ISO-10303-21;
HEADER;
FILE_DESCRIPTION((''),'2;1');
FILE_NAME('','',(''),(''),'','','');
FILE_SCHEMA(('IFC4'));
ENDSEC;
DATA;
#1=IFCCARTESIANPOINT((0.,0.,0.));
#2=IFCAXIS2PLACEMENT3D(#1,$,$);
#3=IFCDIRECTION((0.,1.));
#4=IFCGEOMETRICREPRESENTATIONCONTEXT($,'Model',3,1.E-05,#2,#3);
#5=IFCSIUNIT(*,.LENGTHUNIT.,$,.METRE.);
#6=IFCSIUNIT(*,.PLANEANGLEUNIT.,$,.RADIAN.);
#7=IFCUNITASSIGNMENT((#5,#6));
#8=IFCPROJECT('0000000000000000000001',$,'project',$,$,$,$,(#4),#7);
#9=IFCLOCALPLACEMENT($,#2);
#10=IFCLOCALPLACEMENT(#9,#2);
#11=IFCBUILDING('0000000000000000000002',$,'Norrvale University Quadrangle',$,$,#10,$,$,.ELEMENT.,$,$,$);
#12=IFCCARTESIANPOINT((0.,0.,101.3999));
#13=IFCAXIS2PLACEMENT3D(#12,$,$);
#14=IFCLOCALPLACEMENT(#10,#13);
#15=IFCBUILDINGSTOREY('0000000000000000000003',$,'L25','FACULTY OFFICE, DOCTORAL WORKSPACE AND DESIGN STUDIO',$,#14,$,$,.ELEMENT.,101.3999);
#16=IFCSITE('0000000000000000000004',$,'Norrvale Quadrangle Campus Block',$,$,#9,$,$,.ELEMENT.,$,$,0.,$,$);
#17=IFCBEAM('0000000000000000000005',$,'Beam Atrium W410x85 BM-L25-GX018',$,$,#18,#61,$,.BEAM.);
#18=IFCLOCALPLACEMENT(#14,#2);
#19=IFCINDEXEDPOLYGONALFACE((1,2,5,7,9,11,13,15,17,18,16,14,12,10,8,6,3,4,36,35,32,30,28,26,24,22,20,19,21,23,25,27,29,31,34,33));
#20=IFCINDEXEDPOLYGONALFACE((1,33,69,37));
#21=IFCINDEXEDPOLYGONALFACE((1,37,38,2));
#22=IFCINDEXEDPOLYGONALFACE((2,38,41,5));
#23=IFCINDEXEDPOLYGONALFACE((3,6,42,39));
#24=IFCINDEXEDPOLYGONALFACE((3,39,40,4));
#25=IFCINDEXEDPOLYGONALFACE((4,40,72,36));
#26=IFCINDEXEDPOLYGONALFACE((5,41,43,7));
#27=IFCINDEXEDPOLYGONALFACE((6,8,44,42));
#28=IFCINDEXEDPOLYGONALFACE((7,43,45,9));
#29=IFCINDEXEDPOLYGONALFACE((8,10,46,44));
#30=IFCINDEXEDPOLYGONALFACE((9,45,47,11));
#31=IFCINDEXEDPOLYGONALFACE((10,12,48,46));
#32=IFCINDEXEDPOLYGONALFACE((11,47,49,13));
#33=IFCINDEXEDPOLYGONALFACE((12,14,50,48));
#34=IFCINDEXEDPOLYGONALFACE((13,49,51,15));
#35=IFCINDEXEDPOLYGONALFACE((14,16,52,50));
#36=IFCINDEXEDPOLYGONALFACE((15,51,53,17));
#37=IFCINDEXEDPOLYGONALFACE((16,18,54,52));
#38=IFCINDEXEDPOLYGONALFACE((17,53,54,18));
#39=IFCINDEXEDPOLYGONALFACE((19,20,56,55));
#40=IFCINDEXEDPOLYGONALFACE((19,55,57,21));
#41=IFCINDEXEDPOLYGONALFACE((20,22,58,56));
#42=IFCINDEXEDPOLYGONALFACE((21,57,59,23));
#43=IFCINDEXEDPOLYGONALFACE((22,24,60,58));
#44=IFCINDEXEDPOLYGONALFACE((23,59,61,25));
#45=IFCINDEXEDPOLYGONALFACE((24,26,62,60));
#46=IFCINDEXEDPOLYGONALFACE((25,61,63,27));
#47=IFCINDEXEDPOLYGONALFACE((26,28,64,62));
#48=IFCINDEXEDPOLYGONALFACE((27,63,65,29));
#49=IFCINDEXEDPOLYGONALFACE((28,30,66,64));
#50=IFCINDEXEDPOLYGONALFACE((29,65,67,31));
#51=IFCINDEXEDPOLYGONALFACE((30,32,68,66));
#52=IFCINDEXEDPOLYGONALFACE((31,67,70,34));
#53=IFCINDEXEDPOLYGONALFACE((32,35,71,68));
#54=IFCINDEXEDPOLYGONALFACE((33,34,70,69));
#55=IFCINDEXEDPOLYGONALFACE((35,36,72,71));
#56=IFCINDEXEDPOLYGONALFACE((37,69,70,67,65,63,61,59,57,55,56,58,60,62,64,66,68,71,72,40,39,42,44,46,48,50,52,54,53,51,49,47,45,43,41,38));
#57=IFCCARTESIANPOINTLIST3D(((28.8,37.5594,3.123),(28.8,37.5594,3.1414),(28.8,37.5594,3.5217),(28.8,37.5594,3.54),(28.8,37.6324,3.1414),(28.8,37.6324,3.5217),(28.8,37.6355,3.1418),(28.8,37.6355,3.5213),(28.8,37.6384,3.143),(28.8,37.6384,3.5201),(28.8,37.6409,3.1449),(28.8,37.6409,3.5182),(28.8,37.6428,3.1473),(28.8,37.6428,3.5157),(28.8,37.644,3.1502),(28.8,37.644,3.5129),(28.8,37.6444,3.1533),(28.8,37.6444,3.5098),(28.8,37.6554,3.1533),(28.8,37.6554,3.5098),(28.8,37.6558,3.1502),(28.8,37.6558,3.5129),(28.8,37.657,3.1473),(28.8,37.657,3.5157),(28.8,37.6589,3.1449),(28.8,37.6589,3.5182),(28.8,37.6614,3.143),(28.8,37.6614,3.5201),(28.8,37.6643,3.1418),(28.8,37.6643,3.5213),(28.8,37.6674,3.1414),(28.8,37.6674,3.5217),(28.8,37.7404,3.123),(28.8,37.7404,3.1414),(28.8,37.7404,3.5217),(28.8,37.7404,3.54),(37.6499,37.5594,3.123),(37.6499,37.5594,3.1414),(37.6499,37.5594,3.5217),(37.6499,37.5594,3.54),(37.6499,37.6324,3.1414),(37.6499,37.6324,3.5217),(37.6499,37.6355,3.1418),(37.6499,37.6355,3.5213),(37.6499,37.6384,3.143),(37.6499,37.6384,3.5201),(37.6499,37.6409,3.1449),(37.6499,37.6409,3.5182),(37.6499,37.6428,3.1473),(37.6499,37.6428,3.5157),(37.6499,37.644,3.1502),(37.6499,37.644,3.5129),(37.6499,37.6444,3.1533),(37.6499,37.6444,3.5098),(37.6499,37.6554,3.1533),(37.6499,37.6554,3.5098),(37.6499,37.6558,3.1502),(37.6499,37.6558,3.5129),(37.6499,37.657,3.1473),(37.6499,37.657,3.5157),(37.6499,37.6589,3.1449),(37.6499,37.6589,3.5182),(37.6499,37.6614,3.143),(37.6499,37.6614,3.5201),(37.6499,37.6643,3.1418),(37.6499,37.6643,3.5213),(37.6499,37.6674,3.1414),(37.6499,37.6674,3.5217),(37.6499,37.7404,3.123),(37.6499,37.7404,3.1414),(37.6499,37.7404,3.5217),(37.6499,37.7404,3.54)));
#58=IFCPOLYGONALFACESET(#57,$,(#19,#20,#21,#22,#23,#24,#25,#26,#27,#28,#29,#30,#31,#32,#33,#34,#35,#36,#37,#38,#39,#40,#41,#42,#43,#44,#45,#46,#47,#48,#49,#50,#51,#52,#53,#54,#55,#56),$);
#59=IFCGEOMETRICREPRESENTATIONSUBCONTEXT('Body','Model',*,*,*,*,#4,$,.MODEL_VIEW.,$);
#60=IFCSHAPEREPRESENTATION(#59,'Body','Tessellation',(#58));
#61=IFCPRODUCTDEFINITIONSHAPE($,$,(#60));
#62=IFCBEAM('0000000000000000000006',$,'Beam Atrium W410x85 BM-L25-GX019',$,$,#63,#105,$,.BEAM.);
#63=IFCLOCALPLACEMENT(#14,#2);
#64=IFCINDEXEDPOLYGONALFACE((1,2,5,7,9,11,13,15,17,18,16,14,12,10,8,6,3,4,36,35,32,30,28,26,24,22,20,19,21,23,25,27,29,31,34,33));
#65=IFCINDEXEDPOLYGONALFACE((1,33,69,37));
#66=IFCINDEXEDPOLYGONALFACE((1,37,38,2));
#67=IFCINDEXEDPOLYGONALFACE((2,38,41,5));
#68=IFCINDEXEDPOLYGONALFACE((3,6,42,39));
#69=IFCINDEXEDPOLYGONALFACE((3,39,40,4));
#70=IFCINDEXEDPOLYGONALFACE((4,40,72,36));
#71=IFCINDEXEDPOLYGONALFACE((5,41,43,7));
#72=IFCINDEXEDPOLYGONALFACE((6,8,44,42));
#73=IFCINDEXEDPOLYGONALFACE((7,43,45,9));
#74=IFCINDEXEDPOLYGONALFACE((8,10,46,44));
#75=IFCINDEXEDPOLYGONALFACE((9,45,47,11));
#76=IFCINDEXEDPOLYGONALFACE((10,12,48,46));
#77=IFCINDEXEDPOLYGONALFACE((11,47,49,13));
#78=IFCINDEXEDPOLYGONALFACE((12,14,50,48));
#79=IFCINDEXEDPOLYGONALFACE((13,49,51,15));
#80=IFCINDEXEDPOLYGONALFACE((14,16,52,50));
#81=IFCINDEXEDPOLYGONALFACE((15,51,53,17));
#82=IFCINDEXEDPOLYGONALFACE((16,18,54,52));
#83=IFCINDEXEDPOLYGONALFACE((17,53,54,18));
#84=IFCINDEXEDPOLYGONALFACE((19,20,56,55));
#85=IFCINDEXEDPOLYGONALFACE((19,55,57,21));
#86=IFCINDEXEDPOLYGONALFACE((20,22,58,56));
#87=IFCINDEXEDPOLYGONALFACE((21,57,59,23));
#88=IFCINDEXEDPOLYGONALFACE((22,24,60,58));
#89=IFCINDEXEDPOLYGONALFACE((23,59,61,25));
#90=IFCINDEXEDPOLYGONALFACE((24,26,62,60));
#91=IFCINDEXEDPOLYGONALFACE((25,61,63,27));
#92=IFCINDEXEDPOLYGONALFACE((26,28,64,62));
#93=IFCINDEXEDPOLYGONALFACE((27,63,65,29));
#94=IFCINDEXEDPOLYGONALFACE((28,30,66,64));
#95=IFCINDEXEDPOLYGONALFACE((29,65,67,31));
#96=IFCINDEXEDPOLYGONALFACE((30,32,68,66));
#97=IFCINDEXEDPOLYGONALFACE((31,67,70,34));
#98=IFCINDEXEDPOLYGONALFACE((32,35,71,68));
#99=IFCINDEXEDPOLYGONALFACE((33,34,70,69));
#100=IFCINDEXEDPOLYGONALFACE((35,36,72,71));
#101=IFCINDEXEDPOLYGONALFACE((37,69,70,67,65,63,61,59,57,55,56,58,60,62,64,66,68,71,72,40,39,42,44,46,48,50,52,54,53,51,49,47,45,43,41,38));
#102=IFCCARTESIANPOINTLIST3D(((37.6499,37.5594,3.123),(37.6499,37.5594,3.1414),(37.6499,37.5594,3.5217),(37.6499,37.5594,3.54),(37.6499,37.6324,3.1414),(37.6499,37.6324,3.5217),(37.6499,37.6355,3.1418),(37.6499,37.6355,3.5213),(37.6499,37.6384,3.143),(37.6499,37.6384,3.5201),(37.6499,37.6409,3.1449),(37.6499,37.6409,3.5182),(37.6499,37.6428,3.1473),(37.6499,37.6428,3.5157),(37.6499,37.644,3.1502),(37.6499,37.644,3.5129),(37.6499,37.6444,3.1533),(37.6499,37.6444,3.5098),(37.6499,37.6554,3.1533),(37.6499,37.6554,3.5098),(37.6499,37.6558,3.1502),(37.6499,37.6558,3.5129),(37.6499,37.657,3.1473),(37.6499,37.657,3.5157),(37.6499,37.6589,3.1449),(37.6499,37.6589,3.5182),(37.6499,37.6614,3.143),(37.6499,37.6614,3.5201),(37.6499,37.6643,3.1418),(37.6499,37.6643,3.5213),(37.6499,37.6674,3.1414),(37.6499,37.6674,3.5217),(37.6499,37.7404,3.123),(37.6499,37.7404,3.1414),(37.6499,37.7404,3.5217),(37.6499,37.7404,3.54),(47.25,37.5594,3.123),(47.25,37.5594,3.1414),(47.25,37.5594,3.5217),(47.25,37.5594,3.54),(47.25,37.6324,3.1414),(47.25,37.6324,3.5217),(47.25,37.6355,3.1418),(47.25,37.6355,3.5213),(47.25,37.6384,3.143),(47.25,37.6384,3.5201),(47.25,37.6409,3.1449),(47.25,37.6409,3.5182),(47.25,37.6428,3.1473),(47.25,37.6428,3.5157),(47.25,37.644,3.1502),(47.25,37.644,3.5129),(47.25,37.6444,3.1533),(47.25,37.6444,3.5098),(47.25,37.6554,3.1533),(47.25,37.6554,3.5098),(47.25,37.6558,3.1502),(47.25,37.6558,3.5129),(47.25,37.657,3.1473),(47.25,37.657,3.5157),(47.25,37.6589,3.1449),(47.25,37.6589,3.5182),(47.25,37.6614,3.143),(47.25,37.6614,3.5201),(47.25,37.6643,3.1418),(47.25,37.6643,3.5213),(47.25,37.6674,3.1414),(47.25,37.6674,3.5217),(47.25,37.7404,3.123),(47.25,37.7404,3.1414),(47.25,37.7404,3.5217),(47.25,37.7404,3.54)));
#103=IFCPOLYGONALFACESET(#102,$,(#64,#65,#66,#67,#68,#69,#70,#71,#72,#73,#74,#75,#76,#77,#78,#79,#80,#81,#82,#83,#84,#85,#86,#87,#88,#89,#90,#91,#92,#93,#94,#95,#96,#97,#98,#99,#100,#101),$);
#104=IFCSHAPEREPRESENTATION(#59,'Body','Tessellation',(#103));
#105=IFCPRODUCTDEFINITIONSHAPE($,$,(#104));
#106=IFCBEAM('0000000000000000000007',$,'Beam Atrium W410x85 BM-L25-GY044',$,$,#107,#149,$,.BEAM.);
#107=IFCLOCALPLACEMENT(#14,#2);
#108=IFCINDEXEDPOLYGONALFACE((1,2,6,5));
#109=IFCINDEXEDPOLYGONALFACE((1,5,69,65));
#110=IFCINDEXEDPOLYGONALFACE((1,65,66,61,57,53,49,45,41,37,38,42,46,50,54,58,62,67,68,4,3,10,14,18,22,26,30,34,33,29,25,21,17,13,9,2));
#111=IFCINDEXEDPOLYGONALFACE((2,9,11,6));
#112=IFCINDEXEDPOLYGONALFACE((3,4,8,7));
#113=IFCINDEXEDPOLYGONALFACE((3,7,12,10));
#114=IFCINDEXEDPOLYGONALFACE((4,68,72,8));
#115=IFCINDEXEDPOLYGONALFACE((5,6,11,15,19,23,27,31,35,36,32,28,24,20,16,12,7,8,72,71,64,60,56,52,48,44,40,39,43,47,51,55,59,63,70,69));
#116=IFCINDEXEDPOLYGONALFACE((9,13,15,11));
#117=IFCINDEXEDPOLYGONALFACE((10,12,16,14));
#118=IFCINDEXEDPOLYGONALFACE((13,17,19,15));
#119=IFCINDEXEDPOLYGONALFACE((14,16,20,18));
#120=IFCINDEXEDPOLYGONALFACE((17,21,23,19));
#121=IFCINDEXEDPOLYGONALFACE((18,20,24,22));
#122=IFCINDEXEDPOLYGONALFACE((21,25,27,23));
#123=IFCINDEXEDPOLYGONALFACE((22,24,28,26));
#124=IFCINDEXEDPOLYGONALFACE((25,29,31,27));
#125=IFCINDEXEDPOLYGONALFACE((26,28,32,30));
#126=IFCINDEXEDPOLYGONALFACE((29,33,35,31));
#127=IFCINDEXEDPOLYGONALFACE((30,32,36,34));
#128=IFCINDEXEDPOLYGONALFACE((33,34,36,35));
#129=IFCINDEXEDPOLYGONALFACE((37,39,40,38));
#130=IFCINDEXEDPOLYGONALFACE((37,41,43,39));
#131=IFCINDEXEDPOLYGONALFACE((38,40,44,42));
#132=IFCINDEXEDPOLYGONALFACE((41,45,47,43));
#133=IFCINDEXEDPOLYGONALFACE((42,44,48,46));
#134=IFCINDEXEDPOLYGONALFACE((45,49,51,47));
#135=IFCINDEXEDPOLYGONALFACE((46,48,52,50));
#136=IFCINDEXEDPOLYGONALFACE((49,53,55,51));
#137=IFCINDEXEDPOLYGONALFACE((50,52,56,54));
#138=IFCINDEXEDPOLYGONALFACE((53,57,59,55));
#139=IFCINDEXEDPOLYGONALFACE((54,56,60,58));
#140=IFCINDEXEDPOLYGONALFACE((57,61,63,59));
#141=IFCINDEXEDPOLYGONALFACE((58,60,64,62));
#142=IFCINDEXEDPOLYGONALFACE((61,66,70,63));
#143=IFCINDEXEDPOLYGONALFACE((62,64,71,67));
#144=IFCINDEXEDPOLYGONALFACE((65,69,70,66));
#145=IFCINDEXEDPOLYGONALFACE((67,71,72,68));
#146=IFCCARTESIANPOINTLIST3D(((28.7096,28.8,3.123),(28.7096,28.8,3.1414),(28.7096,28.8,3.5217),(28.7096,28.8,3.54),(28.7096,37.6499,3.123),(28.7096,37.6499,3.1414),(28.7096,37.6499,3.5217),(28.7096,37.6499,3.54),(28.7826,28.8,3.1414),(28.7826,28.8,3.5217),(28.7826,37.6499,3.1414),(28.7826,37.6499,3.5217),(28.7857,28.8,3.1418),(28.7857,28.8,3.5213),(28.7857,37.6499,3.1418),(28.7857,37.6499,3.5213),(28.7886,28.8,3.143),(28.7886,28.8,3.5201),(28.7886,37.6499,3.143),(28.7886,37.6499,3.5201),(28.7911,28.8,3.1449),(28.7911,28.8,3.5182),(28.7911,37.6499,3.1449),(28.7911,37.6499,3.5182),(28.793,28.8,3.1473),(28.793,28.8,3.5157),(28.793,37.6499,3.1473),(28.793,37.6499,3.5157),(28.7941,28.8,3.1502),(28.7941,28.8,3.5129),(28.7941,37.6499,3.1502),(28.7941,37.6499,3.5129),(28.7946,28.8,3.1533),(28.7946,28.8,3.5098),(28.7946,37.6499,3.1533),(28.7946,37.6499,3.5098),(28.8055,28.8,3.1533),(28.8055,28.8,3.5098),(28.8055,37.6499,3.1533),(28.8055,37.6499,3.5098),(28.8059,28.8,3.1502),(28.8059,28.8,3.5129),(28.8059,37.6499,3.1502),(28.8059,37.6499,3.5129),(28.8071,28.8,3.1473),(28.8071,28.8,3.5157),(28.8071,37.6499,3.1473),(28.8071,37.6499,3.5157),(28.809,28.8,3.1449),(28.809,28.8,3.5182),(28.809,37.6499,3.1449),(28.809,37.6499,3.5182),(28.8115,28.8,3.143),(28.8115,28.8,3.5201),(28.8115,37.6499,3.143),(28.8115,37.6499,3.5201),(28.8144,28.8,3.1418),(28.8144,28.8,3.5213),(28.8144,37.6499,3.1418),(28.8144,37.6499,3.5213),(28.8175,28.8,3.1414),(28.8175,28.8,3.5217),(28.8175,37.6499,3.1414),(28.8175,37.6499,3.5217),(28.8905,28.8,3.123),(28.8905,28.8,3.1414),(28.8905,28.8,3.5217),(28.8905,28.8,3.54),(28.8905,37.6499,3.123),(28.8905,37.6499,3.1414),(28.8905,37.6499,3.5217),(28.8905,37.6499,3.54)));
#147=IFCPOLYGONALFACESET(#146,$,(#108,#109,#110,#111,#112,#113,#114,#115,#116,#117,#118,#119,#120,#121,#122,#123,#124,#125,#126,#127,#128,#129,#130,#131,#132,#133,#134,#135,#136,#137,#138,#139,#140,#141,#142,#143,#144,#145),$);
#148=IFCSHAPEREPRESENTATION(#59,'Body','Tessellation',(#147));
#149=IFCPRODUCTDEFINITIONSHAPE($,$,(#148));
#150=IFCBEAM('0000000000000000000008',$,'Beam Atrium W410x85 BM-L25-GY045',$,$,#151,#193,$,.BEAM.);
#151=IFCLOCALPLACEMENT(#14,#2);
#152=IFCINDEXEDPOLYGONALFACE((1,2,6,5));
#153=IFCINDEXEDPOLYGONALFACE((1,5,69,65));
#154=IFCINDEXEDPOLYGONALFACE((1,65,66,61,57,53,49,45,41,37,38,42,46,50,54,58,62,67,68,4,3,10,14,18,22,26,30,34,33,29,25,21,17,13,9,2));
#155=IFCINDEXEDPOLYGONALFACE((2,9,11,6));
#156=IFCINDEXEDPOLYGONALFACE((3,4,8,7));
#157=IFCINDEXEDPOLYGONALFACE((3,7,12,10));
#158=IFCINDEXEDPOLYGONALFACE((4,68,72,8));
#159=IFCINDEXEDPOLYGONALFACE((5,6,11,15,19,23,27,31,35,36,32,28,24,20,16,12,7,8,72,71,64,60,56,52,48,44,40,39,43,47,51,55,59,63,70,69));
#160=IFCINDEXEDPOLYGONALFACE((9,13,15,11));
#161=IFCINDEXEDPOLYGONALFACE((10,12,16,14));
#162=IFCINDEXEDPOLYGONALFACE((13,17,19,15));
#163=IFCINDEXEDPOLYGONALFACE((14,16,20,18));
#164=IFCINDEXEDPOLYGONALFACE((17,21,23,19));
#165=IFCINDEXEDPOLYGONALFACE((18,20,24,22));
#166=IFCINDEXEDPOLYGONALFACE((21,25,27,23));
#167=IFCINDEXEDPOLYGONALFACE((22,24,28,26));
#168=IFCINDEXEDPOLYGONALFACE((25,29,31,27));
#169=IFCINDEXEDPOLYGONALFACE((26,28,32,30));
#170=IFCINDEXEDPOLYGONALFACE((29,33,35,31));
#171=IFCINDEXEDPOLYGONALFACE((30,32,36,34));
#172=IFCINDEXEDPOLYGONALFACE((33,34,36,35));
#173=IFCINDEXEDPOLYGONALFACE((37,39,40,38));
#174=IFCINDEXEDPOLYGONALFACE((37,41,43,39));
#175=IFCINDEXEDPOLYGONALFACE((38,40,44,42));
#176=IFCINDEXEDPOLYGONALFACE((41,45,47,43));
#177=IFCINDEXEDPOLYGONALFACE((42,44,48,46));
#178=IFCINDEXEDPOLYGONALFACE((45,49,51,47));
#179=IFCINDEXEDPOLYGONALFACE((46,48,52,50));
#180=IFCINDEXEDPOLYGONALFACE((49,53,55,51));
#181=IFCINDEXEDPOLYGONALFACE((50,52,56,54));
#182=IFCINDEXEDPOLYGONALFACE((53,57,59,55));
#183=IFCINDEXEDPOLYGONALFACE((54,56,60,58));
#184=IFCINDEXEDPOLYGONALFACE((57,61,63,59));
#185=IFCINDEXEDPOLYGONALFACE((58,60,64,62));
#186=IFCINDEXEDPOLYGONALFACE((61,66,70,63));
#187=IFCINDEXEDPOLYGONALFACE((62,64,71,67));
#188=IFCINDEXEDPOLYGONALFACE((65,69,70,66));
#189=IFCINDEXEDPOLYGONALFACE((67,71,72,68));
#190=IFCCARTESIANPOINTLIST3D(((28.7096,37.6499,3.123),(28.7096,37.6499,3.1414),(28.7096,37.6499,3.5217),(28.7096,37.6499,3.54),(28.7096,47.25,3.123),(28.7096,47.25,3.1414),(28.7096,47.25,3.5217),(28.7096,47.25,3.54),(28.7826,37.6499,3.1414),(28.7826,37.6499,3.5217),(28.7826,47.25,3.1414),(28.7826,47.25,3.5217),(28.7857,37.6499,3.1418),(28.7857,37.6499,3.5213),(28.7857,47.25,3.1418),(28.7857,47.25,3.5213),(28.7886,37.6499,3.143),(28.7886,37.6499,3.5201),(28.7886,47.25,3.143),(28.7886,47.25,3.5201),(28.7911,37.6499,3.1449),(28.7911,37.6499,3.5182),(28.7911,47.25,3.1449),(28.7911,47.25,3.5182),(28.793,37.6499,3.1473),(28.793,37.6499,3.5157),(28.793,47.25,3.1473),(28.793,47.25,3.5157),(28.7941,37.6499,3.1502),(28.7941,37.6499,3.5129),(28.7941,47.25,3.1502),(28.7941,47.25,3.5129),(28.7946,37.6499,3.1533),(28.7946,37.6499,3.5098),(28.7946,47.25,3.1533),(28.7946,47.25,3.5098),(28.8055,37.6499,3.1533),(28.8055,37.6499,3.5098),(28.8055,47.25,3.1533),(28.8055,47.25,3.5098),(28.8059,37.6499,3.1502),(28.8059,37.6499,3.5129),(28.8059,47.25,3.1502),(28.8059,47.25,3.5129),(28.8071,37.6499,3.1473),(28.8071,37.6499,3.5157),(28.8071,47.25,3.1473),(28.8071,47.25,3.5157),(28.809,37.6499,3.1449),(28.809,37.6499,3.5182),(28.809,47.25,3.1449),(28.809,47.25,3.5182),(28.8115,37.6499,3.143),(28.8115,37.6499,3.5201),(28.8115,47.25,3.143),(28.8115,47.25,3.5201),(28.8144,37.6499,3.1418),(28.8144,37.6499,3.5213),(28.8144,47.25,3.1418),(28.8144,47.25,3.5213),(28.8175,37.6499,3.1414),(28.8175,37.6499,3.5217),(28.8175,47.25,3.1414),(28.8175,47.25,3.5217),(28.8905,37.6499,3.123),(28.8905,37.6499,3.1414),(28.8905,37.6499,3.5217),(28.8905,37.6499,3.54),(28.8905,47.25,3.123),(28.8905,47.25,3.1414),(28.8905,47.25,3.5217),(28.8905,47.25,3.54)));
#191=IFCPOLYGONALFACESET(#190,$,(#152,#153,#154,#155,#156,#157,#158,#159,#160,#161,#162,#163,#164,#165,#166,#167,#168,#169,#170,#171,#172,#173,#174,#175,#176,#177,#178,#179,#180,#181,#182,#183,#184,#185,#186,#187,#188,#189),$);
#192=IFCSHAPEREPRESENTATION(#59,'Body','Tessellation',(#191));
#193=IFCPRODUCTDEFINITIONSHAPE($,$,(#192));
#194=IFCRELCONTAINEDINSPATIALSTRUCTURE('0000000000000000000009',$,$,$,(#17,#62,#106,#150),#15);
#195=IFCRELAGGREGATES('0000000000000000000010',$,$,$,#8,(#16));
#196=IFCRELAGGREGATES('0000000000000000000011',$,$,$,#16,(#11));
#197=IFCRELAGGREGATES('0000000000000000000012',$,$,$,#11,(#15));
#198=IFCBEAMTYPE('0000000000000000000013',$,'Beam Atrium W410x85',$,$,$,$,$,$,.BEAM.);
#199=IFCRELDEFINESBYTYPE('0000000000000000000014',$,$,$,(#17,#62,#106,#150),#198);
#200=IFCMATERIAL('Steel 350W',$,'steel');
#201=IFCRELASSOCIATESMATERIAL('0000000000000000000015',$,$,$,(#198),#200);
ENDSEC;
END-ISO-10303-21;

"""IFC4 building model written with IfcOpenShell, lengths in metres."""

from ifc_helpers import new_model, si_unit, direction, frame, origin, origin_2d, place, context, subcontext, project, spatial, i_section, extrude, material, material_profile, profile_set, type_object, element, save


model = new_model("IFC4")

# Units and contexts
model_context = context("Model", 3, precision=1e-05, world=origin(), true_north=direction((0.0, 1.0)))
body_context = subcontext(model_context, "Body", "Model", "MODEL_VIEW")
ifc_project = project(units=[si_unit("LENGTHUNIT", "METRE"), si_unit("PLANEANGLEUNIT", "RADIAN")], contexts=[model_context])

# Site, building, storey
site_placement = place(None, origin())
site = spatial("IfcSite", under=ifc_project, at=site_placement, Name="Norrvale Quadrangle Campus Block", CompositionType="ELEMENT", RefElevation=0.0)
building_placement = place(site_placement, origin())
building = spatial("IfcBuilding", under=site, at=building_placement, Name="Norrvale University Quadrangle", CompositionType="ELEMENT")
storey_placement = place(building_placement, frame((0.0, 0.0, 101.3999)))
storey = spatial("IfcBuildingStorey", under=building, at=storey_placement, Name="L25", Description="FACULTY OFFICE, DOCTORAL WORKSPACE AND DESIGN STUDIO", CompositionType="ELEMENT", Elevation=101.3999)

# Beams
ifc_material_1 = material(Name="Steel 350W", Category="steel")
ifc_material_profile_1 = material_profile(ifc_material_1, i_section(OverallWidth=0.1809, OverallDepth=0.417, WebThickness=0.011, FlangeThickness=0.0183, FilletRadius=0.012, at=origin_2d()), Name="Steel 350W")
ifc_profile_set_1 = profile_set([ifc_material_profile_1], Name="Steel 350W")
beam_type_1 = type_object("IfcBeamType", Name="Beam Atrium W410x85", PredefinedType="BEAM", material=ifc_profile_set_1)
beam_1_placement = place(storey_placement, frame((28.8, 37.6499, 3.3315), z_axis=(1.0, 0.0, 0.0), x_axis=(0.0, 1.0, 0.0)))
element("IfcBeam", 1, at=beam_1_placement, inside=storey, type_object=beam_type_1, Name="Beam Atrium W410x85 BM-L25-GX018", PredefinedType="BEAM", context=body_context, shape_type="SweptSolid", body=[
    extrude(i_section(OverallWidth=0.1809, OverallDepth=0.417, WebThickness=0.011, FlangeThickness=0.0183, FilletRadius=0.012, at=origin_2d()), origin(), (0.0, 0.0, 1.0), 8.8499),
])
beam_2_placement = place(storey_placement, frame((37.6499, 37.6499, 3.3315), z_axis=(1.0, 0.0, 0.0), x_axis=(0.0, 1.0, 0.0)))
element("IfcBeam", 2, at=beam_2_placement, inside=storey, type_object=beam_type_1, Name="Beam Atrium W410x85 BM-L25-GX019", PredefinedType="BEAM", context=body_context, shape_type="SweptSolid", body=[
    extrude(i_section(OverallWidth=0.1809, OverallDepth=0.417, WebThickness=0.011, FlangeThickness=0.0183, FilletRadius=0.012, at=origin_2d()), origin(), (0.0, 0.0, 1.0), 9.6001),
])
beam_3_placement = place(storey_placement, frame((28.8, 28.8, 3.3315), z_axis=(0.0, 1.0, 0.0), x_axis=(-1.0, 0.0, 0.0)))
element("IfcBeam", 3, at=beam_3_placement, inside=storey, type_object=beam_type_1, Name="Beam Atrium W410x85 BM-L25-GY044", PredefinedType="BEAM", context=body_context, shape_type="SweptSolid", body=[
    extrude(i_section(OverallWidth=0.1809, OverallDepth=0.417, WebThickness=0.011, FlangeThickness=0.0183, FilletRadius=0.012, at=origin_2d()), origin(), (0.0, 0.0, 1.0), 8.8499),
])
beam_4_placement = place(storey_placement, frame((28.8, 37.6499, 3.3315), z_axis=(0.0, 1.0, 0.0), x_axis=(-1.0, 0.0, 0.0)))
element("IfcBeam", 4, at=beam_4_placement, inside=storey, type_object=beam_type_1, Name="Beam Atrium W410x85 BM-L25-GY045", PredefinedType="BEAM", context=body_context, shape_type="SweptSolid", body=[
    extrude(i_section(OverallWidth=0.1809, OverallDepth=0.417, WebThickness=0.011, FlangeThickness=0.0183, FilletRadius=0.012, at=origin_2d()), origin(), (0.0, 0.0, 1.0), 9.6001),
])

save(model, "model.ifc")
